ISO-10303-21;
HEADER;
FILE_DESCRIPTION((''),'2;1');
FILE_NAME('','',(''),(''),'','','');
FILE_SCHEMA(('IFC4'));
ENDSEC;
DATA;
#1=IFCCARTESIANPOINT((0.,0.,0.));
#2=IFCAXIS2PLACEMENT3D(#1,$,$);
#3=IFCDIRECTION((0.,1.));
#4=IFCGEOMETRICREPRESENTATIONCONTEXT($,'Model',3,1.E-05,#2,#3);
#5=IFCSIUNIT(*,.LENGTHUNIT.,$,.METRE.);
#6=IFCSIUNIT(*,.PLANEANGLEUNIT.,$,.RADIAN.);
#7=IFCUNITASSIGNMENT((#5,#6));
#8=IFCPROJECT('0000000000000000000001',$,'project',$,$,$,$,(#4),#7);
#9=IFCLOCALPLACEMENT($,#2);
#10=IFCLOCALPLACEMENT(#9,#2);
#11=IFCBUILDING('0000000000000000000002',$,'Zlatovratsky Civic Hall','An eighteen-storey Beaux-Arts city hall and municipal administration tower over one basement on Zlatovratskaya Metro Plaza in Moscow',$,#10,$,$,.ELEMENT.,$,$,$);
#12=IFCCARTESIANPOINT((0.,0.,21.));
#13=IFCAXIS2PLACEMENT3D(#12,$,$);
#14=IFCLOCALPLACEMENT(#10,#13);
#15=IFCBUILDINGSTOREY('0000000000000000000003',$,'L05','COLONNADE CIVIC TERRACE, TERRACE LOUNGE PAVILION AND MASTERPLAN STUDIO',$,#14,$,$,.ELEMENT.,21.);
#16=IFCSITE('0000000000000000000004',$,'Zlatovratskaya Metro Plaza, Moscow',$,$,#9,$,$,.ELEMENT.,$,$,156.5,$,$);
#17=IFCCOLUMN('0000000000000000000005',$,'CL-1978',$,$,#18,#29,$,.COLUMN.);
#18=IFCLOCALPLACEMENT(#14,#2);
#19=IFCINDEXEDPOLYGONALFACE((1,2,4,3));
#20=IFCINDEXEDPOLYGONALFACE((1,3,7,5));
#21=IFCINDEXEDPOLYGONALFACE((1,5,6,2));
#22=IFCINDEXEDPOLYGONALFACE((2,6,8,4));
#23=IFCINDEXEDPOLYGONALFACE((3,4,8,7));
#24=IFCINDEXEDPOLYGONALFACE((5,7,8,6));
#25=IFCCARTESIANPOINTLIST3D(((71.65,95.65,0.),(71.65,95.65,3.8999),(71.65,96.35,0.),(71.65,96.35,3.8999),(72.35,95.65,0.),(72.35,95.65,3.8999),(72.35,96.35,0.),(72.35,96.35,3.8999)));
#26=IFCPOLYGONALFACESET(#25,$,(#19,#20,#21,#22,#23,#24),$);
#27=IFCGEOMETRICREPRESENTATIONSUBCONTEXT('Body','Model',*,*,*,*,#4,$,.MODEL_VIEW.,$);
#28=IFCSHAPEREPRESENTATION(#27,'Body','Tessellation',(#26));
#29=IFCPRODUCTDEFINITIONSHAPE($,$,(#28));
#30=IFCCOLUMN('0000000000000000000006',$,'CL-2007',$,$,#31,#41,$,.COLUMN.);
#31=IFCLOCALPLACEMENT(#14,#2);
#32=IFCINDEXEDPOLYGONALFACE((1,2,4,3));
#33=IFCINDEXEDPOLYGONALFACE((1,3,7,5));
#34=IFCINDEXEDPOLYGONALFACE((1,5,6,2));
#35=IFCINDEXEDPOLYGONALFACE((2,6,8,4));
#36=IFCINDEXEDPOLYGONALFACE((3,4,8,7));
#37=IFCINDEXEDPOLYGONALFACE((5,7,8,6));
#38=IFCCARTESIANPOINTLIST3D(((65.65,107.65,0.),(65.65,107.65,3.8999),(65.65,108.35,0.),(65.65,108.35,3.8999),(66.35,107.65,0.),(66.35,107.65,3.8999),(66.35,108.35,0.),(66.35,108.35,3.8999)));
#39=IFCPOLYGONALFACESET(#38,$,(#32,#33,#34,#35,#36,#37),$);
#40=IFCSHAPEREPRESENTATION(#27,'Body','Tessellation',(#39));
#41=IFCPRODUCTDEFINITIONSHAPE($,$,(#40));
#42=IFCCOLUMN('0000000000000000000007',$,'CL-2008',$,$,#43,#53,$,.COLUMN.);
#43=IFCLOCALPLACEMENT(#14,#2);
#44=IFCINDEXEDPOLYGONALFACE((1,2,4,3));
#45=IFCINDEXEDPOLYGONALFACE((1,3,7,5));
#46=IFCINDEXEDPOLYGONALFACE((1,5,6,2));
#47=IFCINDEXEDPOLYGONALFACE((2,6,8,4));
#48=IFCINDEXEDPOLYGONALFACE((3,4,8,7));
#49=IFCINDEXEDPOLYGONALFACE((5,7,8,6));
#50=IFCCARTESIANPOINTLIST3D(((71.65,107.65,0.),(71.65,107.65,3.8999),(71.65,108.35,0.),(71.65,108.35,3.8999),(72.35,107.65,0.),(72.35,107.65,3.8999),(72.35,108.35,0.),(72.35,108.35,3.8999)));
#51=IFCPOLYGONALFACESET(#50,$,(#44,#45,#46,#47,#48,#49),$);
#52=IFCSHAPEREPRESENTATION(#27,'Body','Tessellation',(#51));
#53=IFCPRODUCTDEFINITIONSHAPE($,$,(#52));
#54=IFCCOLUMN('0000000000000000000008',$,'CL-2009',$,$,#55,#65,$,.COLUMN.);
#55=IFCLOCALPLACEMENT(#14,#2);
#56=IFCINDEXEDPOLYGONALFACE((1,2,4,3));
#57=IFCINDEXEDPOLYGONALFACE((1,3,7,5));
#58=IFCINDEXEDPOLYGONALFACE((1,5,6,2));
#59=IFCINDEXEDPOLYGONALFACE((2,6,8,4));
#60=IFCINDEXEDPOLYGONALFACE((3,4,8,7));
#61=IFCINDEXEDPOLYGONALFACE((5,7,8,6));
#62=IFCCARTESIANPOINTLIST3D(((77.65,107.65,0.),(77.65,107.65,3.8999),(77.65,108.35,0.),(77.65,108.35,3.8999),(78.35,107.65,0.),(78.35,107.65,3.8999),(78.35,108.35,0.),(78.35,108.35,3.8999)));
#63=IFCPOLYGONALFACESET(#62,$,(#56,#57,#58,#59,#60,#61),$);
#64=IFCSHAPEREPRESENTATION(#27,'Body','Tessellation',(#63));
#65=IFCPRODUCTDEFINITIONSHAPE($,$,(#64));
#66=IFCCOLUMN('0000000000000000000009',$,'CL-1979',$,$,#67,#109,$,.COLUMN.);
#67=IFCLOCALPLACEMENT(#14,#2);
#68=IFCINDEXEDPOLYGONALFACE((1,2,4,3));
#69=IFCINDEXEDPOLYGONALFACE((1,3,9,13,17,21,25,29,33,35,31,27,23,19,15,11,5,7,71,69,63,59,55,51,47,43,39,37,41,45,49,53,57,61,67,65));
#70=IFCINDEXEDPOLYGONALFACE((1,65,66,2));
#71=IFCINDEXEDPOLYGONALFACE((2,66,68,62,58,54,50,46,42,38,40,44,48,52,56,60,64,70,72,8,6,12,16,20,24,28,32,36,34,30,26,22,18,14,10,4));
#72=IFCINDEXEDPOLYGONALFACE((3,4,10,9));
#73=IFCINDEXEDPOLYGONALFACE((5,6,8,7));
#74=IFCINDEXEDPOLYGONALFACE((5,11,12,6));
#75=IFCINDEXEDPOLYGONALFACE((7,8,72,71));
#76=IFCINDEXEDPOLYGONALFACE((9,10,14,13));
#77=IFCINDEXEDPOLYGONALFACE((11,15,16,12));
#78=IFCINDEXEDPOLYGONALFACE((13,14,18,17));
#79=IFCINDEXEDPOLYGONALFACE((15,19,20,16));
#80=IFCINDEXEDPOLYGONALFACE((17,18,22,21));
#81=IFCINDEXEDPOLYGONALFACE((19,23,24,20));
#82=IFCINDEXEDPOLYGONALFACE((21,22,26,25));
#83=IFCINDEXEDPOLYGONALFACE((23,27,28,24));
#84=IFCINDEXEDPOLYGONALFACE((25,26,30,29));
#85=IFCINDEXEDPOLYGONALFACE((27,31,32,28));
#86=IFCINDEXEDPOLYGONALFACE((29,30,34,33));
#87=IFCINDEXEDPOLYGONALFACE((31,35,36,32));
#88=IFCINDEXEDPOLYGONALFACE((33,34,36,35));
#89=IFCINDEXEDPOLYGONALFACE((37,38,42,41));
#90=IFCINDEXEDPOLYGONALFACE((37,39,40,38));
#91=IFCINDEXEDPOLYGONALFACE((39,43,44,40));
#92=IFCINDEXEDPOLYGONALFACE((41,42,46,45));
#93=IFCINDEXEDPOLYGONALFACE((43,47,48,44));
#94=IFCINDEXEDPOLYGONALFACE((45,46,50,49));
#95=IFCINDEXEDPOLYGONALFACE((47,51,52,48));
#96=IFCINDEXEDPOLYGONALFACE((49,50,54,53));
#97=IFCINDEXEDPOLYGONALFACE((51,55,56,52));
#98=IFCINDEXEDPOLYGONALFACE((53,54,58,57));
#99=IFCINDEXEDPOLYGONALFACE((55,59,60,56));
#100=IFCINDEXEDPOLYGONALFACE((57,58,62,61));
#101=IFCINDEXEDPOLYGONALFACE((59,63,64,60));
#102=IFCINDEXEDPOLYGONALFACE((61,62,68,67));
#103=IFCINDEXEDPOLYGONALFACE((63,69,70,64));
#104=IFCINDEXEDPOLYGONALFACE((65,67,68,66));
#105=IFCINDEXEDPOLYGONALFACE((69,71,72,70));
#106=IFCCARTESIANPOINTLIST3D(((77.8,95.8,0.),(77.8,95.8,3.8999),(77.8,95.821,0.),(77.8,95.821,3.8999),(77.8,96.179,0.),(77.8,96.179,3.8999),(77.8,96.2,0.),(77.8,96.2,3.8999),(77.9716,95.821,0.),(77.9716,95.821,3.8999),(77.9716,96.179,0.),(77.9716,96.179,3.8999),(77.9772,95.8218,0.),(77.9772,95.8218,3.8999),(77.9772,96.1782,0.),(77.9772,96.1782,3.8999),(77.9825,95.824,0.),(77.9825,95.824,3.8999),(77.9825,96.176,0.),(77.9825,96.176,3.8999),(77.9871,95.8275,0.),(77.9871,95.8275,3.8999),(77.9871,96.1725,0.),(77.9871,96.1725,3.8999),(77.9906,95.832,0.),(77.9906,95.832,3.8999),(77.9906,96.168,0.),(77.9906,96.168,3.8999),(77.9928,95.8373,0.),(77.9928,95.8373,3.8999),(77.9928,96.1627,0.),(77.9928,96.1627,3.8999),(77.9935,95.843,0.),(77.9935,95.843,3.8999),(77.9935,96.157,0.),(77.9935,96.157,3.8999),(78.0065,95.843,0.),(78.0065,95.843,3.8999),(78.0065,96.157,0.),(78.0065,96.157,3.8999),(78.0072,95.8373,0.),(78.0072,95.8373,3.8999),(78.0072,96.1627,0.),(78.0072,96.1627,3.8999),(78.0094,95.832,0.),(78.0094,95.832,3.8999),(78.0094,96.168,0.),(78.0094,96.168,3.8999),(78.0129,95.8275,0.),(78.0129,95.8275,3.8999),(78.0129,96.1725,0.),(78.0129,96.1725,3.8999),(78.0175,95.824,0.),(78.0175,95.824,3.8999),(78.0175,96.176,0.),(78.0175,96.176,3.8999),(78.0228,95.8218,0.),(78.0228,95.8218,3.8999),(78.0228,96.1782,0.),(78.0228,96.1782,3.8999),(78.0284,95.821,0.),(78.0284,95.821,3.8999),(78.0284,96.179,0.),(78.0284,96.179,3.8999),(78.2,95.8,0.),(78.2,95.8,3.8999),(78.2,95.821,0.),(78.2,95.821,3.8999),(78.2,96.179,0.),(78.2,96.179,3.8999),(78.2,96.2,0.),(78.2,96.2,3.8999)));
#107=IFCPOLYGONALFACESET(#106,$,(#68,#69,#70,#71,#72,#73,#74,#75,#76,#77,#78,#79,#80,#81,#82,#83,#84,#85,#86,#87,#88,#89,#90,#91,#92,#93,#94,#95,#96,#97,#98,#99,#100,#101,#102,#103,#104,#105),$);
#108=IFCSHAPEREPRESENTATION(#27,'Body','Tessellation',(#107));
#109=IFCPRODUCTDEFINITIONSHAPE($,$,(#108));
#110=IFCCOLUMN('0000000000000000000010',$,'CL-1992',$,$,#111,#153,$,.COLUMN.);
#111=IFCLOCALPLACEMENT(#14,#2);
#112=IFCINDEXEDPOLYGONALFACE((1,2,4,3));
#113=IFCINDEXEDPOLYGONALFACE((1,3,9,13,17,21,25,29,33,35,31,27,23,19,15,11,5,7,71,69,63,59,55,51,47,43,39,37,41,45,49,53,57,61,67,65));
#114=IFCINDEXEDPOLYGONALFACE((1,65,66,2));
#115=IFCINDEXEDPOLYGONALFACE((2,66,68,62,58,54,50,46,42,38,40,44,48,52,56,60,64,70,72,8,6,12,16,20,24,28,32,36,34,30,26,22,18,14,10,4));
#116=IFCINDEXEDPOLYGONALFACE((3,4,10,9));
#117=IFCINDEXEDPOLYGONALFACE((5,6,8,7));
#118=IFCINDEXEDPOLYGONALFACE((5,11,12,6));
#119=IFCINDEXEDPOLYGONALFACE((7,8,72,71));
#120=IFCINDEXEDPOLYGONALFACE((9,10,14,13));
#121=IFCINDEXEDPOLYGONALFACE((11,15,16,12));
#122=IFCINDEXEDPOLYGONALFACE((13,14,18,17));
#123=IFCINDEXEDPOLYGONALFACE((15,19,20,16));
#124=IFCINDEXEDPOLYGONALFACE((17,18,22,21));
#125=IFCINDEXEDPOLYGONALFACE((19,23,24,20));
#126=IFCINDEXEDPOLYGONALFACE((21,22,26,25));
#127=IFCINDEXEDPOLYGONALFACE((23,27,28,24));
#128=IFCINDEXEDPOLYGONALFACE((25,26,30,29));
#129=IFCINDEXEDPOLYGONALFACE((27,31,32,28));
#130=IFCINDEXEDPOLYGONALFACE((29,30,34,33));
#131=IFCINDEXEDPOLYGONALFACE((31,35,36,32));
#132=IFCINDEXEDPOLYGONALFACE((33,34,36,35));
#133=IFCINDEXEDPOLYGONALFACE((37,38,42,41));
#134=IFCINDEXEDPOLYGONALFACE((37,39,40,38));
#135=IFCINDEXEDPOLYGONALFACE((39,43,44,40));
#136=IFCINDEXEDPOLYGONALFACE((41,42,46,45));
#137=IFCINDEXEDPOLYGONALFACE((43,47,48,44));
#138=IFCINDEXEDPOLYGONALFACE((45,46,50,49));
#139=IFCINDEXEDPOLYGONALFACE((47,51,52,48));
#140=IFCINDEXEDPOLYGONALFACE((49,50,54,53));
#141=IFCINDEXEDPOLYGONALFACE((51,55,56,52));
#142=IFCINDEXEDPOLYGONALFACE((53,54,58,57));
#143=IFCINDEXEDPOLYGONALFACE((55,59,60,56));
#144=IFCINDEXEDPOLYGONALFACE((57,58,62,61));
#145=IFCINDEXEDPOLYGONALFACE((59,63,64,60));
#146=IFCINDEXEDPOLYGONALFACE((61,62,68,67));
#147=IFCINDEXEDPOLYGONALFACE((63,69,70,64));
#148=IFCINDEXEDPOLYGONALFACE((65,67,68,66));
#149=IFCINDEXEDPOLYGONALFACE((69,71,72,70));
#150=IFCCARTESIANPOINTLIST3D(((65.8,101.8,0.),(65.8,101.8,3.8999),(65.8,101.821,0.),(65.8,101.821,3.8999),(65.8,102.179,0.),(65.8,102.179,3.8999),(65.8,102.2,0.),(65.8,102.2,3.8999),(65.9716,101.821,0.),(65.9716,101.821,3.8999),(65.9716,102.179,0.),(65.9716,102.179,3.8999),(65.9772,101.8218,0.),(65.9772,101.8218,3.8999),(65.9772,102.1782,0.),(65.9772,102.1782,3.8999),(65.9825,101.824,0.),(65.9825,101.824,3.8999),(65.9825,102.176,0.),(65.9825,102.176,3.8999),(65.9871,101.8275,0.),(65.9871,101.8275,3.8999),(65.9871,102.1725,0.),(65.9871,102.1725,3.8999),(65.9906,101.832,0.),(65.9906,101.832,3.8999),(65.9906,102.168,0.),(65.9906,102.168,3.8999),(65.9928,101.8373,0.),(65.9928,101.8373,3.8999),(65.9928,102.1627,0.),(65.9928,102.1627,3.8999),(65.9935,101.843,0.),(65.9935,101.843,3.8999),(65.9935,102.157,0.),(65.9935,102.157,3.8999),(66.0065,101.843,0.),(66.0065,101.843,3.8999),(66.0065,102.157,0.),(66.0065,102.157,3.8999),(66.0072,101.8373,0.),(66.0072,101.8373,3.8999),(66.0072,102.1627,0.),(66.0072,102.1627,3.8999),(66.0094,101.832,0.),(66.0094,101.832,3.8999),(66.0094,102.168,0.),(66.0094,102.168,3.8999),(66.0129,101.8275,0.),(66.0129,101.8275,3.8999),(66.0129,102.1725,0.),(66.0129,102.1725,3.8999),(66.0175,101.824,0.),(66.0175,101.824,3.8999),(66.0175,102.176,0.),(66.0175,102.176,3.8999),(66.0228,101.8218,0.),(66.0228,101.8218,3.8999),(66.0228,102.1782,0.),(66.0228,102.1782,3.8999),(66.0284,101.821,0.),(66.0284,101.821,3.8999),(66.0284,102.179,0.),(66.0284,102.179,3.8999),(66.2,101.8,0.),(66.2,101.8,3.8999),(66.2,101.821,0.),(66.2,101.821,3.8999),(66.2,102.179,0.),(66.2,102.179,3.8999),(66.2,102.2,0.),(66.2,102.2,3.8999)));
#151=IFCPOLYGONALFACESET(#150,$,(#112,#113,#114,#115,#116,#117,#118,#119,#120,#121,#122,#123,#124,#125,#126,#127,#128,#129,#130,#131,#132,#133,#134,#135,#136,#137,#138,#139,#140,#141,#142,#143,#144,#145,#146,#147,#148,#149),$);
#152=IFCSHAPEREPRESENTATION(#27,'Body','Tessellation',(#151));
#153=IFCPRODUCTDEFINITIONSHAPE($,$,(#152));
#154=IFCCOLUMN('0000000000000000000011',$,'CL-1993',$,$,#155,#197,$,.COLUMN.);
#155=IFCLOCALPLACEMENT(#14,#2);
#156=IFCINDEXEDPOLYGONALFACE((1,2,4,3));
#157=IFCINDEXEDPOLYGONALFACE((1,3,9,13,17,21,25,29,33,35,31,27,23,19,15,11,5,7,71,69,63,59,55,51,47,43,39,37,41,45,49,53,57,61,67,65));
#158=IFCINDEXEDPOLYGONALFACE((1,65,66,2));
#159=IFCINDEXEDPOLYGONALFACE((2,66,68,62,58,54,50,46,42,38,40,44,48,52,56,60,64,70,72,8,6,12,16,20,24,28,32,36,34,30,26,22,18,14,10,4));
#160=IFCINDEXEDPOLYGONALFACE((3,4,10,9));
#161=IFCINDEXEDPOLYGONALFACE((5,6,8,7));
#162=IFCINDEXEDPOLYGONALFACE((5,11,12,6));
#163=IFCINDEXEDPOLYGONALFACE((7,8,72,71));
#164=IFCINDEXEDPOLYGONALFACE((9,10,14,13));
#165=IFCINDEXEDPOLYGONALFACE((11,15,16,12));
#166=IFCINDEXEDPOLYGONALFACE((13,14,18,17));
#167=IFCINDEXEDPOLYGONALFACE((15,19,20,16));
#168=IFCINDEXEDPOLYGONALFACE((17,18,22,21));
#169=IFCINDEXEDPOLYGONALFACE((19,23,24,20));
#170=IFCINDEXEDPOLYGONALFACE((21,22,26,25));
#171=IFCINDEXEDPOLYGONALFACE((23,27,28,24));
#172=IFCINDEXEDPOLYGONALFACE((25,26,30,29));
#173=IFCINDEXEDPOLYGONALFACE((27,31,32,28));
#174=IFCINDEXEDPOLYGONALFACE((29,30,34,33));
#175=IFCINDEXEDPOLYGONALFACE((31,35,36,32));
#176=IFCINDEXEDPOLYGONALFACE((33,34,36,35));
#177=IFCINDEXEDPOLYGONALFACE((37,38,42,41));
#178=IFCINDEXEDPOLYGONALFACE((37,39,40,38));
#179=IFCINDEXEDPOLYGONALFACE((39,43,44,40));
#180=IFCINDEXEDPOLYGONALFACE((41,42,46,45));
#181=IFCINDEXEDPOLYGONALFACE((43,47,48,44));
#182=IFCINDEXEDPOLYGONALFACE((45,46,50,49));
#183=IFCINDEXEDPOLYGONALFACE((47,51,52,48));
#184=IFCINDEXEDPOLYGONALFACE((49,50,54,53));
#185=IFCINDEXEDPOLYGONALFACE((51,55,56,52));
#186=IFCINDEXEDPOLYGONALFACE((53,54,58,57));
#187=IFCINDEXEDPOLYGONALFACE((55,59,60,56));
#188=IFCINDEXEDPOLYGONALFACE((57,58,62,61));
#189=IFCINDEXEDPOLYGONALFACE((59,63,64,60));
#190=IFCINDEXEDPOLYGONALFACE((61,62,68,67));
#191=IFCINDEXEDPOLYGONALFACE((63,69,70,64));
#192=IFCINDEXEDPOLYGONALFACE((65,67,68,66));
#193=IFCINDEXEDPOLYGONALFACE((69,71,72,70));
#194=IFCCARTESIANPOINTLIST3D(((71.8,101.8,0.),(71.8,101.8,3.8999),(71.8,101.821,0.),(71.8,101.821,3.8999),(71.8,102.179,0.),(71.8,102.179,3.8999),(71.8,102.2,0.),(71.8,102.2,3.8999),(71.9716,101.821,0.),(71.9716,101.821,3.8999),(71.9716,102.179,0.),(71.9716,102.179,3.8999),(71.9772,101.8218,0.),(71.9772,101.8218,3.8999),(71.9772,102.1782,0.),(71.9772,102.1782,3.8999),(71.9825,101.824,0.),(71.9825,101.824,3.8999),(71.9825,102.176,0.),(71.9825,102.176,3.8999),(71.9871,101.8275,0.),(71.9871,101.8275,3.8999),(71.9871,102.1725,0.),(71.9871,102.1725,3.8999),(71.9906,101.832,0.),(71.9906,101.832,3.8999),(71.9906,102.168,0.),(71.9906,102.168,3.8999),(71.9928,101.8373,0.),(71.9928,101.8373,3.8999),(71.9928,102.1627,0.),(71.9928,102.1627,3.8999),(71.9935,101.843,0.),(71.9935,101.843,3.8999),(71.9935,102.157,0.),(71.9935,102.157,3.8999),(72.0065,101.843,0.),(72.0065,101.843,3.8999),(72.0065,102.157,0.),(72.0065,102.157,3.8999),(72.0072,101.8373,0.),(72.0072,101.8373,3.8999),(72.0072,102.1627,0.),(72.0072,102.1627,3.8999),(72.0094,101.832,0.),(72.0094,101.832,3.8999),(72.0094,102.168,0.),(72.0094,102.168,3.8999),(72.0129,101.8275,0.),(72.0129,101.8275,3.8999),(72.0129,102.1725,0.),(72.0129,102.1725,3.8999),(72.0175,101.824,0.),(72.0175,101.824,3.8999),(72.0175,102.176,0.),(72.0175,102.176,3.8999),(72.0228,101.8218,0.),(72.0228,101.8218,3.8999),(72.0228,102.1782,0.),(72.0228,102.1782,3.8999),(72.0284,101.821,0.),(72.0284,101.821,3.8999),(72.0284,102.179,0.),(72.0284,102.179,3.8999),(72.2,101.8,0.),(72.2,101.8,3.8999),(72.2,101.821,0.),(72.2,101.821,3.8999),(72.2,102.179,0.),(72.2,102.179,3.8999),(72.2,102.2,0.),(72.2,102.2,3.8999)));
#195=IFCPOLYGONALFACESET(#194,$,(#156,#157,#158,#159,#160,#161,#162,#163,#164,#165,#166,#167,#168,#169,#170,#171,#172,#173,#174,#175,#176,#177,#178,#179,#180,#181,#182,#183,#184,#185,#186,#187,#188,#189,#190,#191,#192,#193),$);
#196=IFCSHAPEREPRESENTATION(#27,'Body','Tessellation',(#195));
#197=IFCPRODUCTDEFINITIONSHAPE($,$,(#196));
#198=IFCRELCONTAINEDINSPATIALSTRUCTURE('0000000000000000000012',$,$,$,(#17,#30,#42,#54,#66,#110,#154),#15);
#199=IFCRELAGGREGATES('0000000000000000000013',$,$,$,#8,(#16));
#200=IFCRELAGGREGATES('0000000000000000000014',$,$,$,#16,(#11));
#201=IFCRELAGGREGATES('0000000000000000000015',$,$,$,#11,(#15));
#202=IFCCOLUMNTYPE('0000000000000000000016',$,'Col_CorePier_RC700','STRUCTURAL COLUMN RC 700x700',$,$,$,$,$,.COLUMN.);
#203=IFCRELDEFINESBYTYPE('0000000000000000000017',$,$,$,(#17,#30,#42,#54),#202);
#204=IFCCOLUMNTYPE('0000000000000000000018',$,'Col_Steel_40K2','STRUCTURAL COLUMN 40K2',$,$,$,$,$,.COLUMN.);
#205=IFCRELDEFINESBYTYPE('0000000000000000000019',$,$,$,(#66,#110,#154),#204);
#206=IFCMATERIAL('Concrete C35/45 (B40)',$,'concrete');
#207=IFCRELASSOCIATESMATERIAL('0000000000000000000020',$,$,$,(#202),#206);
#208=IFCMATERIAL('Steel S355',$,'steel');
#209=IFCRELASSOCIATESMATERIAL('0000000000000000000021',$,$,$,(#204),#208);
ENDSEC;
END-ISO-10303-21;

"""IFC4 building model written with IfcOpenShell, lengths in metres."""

from ifc_helpers import new_model, si_unit, direction, frame, origin, origin_2d, place, context, subcontext, project, spatial, rectangle, i_section, extrude, material, material_profile, profile_set, type_object, element, save


model = new_model("IFC4")

# Units and contexts
model_context = context("Model", 3, precision=1e-05, world=origin(), true_north=direction((0.0, 1.0)))
body_context = subcontext(model_context, "Body", "Model", "MODEL_VIEW")
ifc_project = project(units=[si_unit("LENGTHUNIT", "METRE"), si_unit("PLANEANGLEUNIT", "RADIAN")], contexts=[model_context])

# Site, building, storey
site_placement = place(None, origin())
site = spatial("IfcSite", under=ifc_project, at=site_placement, Name="Zlatovratskaya Metro Plaza, Moscow", CompositionType="ELEMENT", RefElevation=156.5)
building_placement = place(site_placement, origin())
building = spatial("IfcBuilding", under=site, at=building_placement, Name="Zlatovratsky Civic Hall", Description="An eighteen-storey Beaux-Arts city hall and municipal administration tower over one basement on Zlatovratskaya Metro Plaza in Moscow", CompositionType="ELEMENT")
storey_placement = place(building_placement, frame((0.0, 0.0, 21.0)))
storey = spatial("IfcBuildingStorey", under=building, at=storey_placement, Name="L05", Description="COLONNADE CIVIC TERRACE, TERRACE LOUNGE PAVILION AND MASTERPLAN STUDIO", CompositionType="ELEMENT", Elevation=21.0)

# Columns
ifc_material_1 = material(Name="Concrete C35/45 (B40)", Category="concrete")
ifc_material_profile_1 = material_profile(ifc_material_1, rectangle(XDim=0.7, YDim=0.7, at=origin_2d()), Name="RC 700x700")
ifc_profile_set_1 = profile_set([ifc_material_profile_1], Name="Concrete C35/45 (B40)")
column_type_1 = type_object("IfcColumnType", Name="Col_CorePier_RC700", Description="STRUCTURAL COLUMN RC 700x700", PredefinedType="COLUMN", material=ifc_profile_set_1)
for number, where, z_axis, x_axis, name in (
    (1, (72.0, 96.0, 0.0), (0.0, 0.0, 1.0), (1.0, 0.0, 0.0), "CL-1978"),
    (2, (66.0, 108.0, 0.0), (0.0, 0.0, 1.0), (1.0, 0.0, 0.0), "CL-2007"),
    (3, (72.0, 108.0, 0.0), (0.0, 0.0, 1.0), (1.0, 0.0, 0.0), "CL-2008"),
    (4, (78.0, 108.0, 0.0), (0.0, 0.0, 1.0), (1.0, 0.0, 0.0), "CL-2009"),
):
    element("IfcColumn", number, at=place(storey_placement, frame(where, z_axis=z_axis, x_axis=x_axis)), inside=storey, type_object=column_type_1, Name=name, PredefinedType="COLUMN", context=body_context, shape_type="SweptSolid", body=[
        extrude(rectangle(XDim=0.7, YDim=0.7, at=origin_2d()), origin(), (0.0, 0.0, 1.0), 3.8999),
    ])
ifc_material_2 = material(Name="Steel S355", Category="steel")
ifc_material_profile_2 = material_profile(ifc_material_2, i_section(OverallWidth=0.3999, OverallDepth=0.3999, WebThickness=0.0129, FlangeThickness=0.021, FilletRadius=0.022, at=origin_2d()), Name="40K2")
ifc_profile_set_2 = profile_set([ifc_material_profile_2], Name="Steel S355")
column_type_2 = type_object("IfcColumnType", Name="Col_Steel_40K2", Description="STRUCTURAL COLUMN 40K2", PredefinedType="COLUMN", material=ifc_profile_set_2)
for number, where, z_axis, x_axis, name in (
    (5, (78.0, 96.0, 0.0), (0.0, 0.0, 1.0), (1.0, 0.0, 0.0), "CL-1979"),
    (6, (66.0, 102.0, 0.0), (0.0, 0.0, 1.0), (1.0, 0.0, 0.0), "CL-1992"),
    (7, (72.0, 102.0, 0.0), (0.0, 0.0, 1.0), (1.0, 0.0, 0.0), "CL-1993"),
):
    element("IfcColumn", number, at=place(storey_placement, frame(where, z_axis=z_axis, x_axis=x_axis)), inside=storey, type_object=column_type_2, Name=name, PredefinedType="COLUMN", context=body_context, shape_type="SweptSolid", body=[
        extrude(i_section(OverallWidth=0.3999, OverallDepth=0.3999, WebThickness=0.0129, FlangeThickness=0.021, FilletRadius=0.022, at=origin_2d()), origin(), (0.0, 0.0, 1.0), 3.8999),
    ])

save(model, "model.ifc")
